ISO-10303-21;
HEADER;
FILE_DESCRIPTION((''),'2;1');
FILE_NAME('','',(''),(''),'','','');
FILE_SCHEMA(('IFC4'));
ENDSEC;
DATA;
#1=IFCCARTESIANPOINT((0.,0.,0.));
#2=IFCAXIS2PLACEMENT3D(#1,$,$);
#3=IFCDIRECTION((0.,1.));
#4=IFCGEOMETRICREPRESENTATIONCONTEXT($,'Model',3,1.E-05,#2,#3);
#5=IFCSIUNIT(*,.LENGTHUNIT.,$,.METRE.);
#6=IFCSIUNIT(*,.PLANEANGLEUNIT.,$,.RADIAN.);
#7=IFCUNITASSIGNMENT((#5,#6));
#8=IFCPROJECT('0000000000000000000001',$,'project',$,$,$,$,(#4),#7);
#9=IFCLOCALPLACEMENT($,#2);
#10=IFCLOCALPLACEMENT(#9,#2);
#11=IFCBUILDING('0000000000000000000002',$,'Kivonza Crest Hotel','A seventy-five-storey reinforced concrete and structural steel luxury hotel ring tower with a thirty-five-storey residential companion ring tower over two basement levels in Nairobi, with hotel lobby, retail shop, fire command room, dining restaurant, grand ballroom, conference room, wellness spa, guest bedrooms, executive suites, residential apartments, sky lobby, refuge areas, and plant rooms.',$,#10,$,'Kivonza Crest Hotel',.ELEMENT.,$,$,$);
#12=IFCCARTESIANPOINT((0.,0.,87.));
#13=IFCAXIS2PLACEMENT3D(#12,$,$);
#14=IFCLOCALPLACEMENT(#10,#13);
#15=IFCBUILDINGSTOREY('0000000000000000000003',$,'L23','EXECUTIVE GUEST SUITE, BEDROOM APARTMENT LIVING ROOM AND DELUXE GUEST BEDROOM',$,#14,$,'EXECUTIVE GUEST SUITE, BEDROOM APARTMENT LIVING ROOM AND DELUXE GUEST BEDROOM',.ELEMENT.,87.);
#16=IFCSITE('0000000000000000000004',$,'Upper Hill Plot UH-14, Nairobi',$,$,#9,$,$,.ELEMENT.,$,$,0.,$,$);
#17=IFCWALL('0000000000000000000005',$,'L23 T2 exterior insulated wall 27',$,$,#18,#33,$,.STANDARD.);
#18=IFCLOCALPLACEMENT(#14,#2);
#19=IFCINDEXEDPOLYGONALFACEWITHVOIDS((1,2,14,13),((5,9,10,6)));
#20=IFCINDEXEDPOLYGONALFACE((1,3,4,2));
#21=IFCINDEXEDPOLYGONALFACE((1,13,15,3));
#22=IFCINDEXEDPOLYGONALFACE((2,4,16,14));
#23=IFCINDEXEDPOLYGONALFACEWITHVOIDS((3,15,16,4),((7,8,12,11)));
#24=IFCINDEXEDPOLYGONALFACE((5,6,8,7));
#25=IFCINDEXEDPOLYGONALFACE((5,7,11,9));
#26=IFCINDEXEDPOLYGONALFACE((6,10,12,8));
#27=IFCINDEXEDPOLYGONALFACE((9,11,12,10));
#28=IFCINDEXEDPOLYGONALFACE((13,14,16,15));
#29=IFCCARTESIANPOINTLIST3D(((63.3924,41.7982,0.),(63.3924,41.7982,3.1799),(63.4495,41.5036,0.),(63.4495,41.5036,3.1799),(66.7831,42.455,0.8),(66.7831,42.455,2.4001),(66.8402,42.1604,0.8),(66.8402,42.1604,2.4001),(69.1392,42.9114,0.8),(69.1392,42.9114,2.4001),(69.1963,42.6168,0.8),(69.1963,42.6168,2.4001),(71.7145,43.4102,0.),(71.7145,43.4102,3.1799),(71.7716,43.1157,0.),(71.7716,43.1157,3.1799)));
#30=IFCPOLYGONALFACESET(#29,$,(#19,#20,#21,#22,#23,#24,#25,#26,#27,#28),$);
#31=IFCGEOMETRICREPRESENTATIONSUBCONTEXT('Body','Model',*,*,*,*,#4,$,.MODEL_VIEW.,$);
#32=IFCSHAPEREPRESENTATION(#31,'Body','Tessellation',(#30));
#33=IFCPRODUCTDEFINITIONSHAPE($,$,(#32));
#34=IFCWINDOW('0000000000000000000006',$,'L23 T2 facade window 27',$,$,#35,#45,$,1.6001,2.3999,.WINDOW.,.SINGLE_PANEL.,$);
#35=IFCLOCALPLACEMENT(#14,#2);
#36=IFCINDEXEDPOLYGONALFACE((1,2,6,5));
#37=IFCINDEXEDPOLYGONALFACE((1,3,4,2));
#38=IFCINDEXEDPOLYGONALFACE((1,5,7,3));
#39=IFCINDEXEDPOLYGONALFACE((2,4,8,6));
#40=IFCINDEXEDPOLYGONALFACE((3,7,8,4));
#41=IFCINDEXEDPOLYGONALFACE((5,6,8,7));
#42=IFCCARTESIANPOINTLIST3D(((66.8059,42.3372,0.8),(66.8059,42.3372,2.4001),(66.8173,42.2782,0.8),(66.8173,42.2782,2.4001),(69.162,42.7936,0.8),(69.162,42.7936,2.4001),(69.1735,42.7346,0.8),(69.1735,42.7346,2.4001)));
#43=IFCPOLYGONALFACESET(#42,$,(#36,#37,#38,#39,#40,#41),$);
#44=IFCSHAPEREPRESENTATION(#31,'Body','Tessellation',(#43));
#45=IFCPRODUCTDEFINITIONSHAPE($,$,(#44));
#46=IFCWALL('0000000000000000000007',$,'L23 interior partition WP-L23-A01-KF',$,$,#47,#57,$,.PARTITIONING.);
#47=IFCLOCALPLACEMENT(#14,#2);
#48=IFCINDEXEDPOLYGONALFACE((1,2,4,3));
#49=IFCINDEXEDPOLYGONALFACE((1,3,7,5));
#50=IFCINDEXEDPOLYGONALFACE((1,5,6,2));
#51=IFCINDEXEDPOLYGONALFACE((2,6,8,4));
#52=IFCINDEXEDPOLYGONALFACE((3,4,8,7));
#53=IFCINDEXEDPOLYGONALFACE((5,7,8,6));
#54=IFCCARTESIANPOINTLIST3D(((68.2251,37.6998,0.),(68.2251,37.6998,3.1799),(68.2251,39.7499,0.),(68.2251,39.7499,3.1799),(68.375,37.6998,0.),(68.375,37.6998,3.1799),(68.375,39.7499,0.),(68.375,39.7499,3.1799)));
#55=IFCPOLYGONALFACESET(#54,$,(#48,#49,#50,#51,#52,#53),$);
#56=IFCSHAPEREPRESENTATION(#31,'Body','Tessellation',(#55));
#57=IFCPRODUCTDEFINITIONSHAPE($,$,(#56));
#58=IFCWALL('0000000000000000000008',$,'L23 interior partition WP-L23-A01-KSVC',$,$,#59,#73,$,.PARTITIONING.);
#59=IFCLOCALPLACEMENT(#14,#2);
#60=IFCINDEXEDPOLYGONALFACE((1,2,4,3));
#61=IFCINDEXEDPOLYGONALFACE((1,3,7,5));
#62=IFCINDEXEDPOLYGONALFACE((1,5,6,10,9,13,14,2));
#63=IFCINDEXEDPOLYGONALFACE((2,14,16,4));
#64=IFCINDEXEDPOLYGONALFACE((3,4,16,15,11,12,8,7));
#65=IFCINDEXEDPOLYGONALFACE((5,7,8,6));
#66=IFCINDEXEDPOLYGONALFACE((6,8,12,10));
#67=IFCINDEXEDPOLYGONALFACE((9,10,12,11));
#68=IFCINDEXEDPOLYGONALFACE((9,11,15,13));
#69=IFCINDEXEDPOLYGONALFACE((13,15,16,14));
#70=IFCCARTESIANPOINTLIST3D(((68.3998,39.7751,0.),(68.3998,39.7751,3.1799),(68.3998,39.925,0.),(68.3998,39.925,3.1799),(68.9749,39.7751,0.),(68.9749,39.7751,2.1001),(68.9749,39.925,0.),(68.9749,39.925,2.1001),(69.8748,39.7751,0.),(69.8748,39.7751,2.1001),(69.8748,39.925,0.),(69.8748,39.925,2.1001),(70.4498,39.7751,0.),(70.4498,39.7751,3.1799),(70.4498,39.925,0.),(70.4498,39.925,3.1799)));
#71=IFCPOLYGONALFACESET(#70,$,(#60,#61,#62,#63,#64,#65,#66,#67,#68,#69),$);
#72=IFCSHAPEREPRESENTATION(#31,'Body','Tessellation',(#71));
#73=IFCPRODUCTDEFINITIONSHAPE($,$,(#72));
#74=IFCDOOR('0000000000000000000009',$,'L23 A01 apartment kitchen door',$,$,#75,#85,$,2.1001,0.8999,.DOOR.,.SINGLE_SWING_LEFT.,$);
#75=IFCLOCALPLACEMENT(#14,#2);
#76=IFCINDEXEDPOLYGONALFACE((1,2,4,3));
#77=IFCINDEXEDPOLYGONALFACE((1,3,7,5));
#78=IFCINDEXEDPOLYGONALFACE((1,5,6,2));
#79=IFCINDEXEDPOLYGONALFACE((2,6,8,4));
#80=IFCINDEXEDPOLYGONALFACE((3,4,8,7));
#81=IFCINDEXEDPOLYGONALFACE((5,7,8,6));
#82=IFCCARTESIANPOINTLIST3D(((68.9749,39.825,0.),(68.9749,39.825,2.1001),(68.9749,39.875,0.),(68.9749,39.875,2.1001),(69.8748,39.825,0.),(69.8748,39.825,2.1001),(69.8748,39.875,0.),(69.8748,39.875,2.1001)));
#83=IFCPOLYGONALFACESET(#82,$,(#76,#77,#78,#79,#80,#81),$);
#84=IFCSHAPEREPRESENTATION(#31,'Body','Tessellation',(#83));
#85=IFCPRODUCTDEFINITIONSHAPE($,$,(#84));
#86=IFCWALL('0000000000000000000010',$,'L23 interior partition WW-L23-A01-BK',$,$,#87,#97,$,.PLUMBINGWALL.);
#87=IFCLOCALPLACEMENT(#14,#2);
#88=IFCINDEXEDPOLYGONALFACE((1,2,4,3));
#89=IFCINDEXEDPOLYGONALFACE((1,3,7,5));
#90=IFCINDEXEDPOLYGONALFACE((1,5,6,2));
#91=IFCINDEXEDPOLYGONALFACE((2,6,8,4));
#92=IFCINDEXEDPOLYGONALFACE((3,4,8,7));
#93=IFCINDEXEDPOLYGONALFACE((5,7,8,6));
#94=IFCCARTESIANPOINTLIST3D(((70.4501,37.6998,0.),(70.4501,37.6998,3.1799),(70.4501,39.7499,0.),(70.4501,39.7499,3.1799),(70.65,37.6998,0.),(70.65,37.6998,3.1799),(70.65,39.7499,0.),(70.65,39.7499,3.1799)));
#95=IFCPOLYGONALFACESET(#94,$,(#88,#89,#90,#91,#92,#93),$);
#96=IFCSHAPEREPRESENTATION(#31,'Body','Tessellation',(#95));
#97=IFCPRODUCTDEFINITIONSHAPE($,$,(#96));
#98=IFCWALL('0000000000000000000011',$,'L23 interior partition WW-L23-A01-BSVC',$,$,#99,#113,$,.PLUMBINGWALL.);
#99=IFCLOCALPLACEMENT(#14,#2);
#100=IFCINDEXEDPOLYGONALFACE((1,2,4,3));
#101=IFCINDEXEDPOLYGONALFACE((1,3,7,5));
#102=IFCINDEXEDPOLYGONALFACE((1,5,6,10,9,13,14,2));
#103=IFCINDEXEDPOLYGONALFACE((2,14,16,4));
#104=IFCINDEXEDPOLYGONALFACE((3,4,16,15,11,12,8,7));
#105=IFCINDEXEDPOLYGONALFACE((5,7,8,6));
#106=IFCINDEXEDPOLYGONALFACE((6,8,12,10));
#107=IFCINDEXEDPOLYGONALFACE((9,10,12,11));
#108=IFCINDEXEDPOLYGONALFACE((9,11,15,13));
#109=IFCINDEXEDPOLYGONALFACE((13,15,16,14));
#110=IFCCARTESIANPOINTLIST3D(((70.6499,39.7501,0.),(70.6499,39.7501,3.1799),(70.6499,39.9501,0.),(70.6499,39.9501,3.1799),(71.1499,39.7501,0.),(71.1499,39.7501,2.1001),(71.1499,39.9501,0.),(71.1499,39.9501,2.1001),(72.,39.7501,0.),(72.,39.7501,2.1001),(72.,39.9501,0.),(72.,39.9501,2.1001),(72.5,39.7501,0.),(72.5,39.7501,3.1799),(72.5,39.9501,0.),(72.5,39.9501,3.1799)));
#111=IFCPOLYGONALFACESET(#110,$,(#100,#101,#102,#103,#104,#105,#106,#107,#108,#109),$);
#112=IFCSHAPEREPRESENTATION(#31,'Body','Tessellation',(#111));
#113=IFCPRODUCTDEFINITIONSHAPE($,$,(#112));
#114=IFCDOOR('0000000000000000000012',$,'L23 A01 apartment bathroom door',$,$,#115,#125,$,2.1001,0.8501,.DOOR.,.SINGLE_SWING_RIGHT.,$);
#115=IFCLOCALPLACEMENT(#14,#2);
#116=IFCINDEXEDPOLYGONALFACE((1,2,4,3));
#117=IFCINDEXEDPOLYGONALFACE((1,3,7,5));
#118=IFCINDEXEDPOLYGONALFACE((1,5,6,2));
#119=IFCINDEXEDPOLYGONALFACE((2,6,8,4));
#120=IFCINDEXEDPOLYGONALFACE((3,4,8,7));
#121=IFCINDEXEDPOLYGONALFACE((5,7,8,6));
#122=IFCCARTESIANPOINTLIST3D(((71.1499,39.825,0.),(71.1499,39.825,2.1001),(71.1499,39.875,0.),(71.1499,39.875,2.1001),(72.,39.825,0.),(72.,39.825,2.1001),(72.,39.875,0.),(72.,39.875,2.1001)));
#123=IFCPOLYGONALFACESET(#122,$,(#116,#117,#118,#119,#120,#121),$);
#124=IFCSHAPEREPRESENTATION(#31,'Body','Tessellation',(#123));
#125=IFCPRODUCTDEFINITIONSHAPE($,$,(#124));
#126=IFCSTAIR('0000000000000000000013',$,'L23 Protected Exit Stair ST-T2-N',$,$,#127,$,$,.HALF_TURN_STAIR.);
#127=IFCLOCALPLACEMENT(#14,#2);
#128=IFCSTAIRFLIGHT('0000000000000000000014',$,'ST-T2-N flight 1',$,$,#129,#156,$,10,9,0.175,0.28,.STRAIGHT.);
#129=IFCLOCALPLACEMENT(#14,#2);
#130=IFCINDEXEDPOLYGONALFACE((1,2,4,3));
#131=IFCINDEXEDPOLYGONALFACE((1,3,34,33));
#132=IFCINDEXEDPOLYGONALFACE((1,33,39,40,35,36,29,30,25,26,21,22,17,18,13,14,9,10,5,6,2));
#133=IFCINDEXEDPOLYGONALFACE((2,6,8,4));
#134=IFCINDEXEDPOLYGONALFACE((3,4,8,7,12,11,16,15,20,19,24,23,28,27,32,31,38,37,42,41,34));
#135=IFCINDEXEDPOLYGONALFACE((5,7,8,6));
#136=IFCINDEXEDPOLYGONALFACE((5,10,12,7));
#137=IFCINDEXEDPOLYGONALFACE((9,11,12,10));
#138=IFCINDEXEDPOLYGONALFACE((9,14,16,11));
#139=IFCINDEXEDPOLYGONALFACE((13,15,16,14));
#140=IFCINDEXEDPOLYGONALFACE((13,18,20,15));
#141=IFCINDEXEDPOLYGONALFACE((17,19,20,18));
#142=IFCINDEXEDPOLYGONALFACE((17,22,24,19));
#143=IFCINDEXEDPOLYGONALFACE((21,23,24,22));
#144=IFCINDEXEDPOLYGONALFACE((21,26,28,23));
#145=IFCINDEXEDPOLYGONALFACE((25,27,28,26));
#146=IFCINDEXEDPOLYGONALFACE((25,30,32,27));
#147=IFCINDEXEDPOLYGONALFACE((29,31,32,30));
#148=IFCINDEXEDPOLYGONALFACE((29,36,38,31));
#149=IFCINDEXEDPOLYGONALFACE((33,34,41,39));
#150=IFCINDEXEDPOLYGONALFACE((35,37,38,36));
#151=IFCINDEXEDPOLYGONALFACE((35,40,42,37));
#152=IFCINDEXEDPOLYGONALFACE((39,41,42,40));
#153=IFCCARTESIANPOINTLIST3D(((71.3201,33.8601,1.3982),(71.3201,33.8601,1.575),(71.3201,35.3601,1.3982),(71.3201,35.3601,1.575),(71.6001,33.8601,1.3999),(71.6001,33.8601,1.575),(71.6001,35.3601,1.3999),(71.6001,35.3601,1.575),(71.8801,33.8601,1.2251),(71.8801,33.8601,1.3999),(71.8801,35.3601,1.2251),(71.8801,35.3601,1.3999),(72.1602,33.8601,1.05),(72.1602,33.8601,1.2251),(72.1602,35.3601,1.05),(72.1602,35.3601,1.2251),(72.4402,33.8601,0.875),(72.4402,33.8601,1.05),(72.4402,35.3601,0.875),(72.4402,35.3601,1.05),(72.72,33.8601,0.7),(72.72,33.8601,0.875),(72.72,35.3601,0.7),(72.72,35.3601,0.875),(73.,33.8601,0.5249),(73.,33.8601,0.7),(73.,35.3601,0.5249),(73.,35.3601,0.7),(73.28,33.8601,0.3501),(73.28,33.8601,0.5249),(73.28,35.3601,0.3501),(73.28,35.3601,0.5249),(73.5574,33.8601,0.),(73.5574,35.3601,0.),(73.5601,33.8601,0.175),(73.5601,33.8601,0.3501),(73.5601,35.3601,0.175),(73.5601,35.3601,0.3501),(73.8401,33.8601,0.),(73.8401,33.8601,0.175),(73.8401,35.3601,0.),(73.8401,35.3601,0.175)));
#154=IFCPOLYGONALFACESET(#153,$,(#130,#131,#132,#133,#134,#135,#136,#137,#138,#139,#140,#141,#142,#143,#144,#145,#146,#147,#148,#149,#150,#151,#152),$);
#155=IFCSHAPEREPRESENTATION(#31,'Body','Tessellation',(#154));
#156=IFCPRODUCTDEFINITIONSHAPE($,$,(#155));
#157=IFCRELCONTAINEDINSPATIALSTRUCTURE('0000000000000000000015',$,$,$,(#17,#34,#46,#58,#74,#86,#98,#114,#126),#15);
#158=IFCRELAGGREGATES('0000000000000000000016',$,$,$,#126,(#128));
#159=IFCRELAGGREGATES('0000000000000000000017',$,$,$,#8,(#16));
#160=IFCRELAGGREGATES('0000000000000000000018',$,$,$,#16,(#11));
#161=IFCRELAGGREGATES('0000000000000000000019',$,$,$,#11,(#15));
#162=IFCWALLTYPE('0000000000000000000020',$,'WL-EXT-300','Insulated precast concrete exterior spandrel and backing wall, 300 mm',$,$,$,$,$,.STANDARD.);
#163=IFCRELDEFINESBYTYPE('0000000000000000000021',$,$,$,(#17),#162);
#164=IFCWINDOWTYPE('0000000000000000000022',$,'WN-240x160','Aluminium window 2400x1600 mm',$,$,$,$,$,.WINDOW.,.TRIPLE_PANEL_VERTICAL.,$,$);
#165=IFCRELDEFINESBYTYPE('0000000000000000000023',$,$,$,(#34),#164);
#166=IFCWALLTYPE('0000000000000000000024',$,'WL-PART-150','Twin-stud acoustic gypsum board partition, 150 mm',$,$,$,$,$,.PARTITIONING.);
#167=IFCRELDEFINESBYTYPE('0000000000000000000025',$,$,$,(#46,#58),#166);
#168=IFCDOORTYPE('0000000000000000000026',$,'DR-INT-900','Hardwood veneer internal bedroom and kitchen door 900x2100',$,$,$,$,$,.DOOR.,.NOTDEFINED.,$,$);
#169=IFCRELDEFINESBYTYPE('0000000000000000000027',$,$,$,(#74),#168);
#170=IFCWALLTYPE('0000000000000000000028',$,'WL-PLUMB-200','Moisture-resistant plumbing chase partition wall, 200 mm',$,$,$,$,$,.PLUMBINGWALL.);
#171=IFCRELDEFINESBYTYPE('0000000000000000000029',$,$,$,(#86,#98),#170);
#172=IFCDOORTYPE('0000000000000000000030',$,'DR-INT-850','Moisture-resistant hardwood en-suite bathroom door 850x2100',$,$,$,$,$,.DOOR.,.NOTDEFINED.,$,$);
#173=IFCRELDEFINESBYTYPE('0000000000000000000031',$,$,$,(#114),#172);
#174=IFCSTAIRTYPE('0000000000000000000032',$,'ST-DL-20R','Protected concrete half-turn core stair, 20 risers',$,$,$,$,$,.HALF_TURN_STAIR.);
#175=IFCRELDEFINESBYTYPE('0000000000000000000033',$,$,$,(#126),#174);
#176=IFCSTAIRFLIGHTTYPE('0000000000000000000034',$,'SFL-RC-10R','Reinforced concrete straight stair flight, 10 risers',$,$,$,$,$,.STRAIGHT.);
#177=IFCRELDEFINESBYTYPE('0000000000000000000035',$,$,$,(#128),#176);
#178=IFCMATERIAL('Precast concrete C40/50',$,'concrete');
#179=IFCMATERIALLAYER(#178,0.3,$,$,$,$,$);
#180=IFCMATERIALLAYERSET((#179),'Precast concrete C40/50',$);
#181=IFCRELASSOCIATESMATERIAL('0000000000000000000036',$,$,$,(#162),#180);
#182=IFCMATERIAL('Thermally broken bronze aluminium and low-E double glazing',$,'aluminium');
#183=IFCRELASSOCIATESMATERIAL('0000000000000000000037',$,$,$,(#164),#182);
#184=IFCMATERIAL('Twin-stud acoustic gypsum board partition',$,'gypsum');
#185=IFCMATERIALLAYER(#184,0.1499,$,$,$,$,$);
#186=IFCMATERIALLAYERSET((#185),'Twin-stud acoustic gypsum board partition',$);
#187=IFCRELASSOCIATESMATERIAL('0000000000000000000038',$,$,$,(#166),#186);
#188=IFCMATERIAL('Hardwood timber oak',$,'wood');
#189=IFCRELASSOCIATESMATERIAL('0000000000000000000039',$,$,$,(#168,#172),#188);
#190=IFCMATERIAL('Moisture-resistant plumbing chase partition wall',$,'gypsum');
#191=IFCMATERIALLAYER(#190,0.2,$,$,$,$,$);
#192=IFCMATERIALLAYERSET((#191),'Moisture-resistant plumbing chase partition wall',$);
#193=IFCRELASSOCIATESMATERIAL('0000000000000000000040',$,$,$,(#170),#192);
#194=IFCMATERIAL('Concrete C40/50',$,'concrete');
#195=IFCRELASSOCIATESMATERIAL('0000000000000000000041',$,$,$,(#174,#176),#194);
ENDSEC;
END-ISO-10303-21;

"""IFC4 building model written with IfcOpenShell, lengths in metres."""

from ifc_helpers import new_model, si_unit, direction, frame, frame_2d, origin, place, context, subcontext, project, spatial, polyline, rectangle, outline, extrude, material, layer, layer_set, type_object, element, fill, aggregate, save


model = new_model("IFC4")

# Units and contexts
model_context = context("Model", 3, precision=1e-05, world=origin(), true_north=direction((0.0, 1.0)))
body_context = subcontext(model_context, "Body", "Model", "MODEL_VIEW")
ifc_project = project(units=[si_unit("LENGTHUNIT", "METRE"), si_unit("PLANEANGLEUNIT", "RADIAN")], contexts=[model_context])

# Site, building, storey
site_placement = place(None, origin())
site = spatial("IfcSite", under=ifc_project, at=site_placement, Name="Upper Hill Plot UH-14, Nairobi", CompositionType="ELEMENT", RefElevation=0.0)
building_placement = place(site_placement, origin())
building = spatial("IfcBuilding", under=site, at=building_placement, Name="Kivonza Crest Hotel", Description="A seventy-five-storey reinforced concrete and structural steel luxury hotel ring tower with a thirty-five-storey residential companion ring tower over two basement levels in Nairobi, with hotel lobby, retail shop, fire command room, dining restaurant, grand ballroom, conference room, wellness spa, guest bedrooms, executive suites, residential apartments, sky lobby, refuge areas, and plant rooms.", LongName="Kivonza Crest Hotel", CompositionType="ELEMENT")
storey_placement = place(building_placement, frame((0.0, 0.0, 87.0)))
storey = spatial("IfcBuildingStorey", under=building, at=storey_placement, Name="L23", Description="EXECUTIVE GUEST SUITE, BEDROOM APARTMENT LIVING ROOM AND DELUXE GUEST BEDROOM", LongName="EXECUTIVE GUEST SUITE, BEDROOM APARTMENT LIVING ROOM AND DELUXE GUEST BEDROOM", CompositionType="ELEMENT", Elevation=87.0)

# Shared definitions
ifc_material_1 = material(Name="Hardwood timber oak", Category="wood")

# Wall, opening, window
ifc_material_2 = material(Name="Precast concrete C40/50", Category="concrete")
ifc_layer_1 = layer(ifc_material_2, 0.3)
ifc_layer_set_1 = layer_set([ifc_layer_1], Name="Precast concrete C40/50")
wall_type_1 = type_object("IfcWallType", Name="WL-EXT-300", Description="Insulated precast concrete exterior spandrel and backing wall, 300 mm", PredefinedType="STANDARD", material=ifc_layer_set_1)
wall_1_placement = place(storey_placement, frame((71.7429, 43.2629, 0.0), z_axis=(0.0, 0.0, 1.0), x_axis=(-0.98175, -0.190175, 0.0)))
wall_1 = element("IfcWall", 1, at=wall_1_placement, inside=storey, type_object=wall_type_1, Name="L23 T2 exterior insulated wall 27", PredefinedType="STANDARD", context=body_context, shape_type="SweptSolid", body=[
    extrude(rectangle(XDim=8.4768, YDim=0.3, at=frame_2d((4.2383, 0.0))), origin(), (0.0, 0.0, 1.0), 3.1799),
])
opening_1_placement = place(wall_1_placement, frame((2.623, 0.0, 0.8)))
opening_1 = element("IfcOpeningElement", 2, at=opening_1_placement, cuts=wall_1, PredefinedType="OPENING", context=body_context, shape_type="SweptSolid", body=[
    extrude(rectangle(XDim=2.3999, YDim=1.6001, at=frame_2d((1.2, 0.8))), frame((0.0, 0.1602, 0.0), z_axis=(0.0, -1.0, 0.0), x_axis=(1.0, 0.0, 0.0)), (0.0, 0.0, 1.0), 0.3201),
])
ifc_material_3 = material(Name="Thermally broken bronze aluminium and low-E double glazing", Category="aluminium")
window_type = type_object("IfcWindowType", Name="WN-240x160", Description="Aluminium window 2400x1600 mm", PartitioningType="TRIPLE_PANEL_VERTICAL", PredefinedType="WINDOW", material=ifc_material_3)
window_placement = place(opening_1_placement, origin())
window = element("IfcWindow", 3, at=window_placement, inside=storey, type_object=window_type, Name="L23 T2 facade window 27", OverallHeight=1.6001, OverallWidth=2.3999, PartitioningType="SINGLE_PANEL", PredefinedType="WINDOW", context=body_context, shape_type="SweptSolid", body=[
    extrude(rectangle(XDim=2.3999, YDim=1.6001, at=frame_2d((1.2, 0.8))), frame((0.0, 0.03, 0.0), z_axis=(0.0, -1.0, 0.0), x_axis=(1.0, 0.0, 0.0)), (0.0, 0.0, 1.0), 0.0601),
])
fill(opening_1, window)

# Wall
ifc_material_4 = material(Name="Twin-stud acoustic gypsum board partition", Category="gypsum")
ifc_layer_2 = layer(ifc_material_4, 0.1499)
ifc_layer_set_2 = layer_set([ifc_layer_2], Name="Twin-stud acoustic gypsum board partition")
wall_type_2 = type_object("IfcWallType", Name="WL-PART-150", Description="Twin-stud acoustic gypsum board partition, 150 mm", PredefinedType="PARTITIONING", material=ifc_layer_set_2)
wall_2_placement = place(storey_placement, frame((68.3, 37.7, 0.0), z_axis=(0.0, 0.0, 1.0), x_axis=(0.0, 1.0, 0.0)))
element("IfcWall", 4, at=wall_2_placement, inside=storey, type_object=wall_type_2, Name="L23 interior partition WP-L23-A01-KF", PredefinedType="PARTITIONING", context=body_context, shape_type="SweptSolid", body=[
    extrude(rectangle(XDim=2.05, YDim=0.1499, at=frame_2d((1.0249, 0.0))), origin(), (0.0, 0.0, 1.0), 3.1799),
])

# Wall, opening, door
wall_3_placement = place(storey_placement, frame((68.3999, 39.8501, 0.0), z_axis=(0.0, 0.0, 1.0), x_axis=(1.0, 0.0, 0.0)))
wall_3 = element("IfcWall", 5, at=wall_3_placement, inside=storey, type_object=wall_type_2, Name="L23 interior partition WP-L23-A01-KSVC", PredefinedType="PARTITIONING", context=body_context, shape_type="SweptSolid", body=[
    extrude(rectangle(XDim=2.05, YDim=0.1499, at=frame_2d((1.0249, 0.0))), origin(), (0.0, 0.0, 1.0), 3.1799),
])
opening_2_placement = place(wall_3_placement, frame((0.575, 0.0, 0.0)))
opening_2 = element("IfcOpeningElement", 6, at=opening_2_placement, cuts=wall_3, PredefinedType="OPENING", context=body_context, shape_type="SweptSolid", body=[
    extrude(rectangle(XDim=0.8999, YDim=2.1001, at=frame_2d((0.45, 1.05))), frame((0.0, 0.085, 0.0), z_axis=(0.0, -1.0, 0.0), x_axis=(1.0, 0.0, 0.0)), (0.0, 0.0, 1.0), 0.1699),
])
door_type_1 = type_object("IfcDoorType", Name="DR-INT-900", Description="Hardwood veneer internal bedroom and kitchen door 900x2100", OperationType="NOTDEFINED", PredefinedType="DOOR", material=ifc_material_1)
door_1_placement = place(opening_2_placement, origin())
door_1 = element("IfcDoor", 7, at=door_1_placement, inside=storey, type_object=door_type_1, Name="L23 A01 apartment kitchen door", OperationType="SINGLE_SWING_LEFT", OverallHeight=2.1001, OverallWidth=0.8999, PredefinedType="DOOR", context=body_context, shape_type="SweptSolid", body=[
    extrude(rectangle(XDim=0.8999, YDim=2.1001, at=frame_2d((0.45, 1.05))), frame((0.0, 0.0249, 0.0), z_axis=(0.0, -1.0, 0.0), x_axis=(1.0, 0.0, 0.0)), (0.0, 0.0, 1.0), 0.05),
])
fill(opening_2, door_1)

# Wall
ifc_material_5 = material(Name="Moisture-resistant plumbing chase partition wall", Category="gypsum")
ifc_layer_3 = layer(ifc_material_5, 0.2)
ifc_layer_set_3 = layer_set([ifc_layer_3], Name="Moisture-resistant plumbing chase partition wall")
wall_type_3 = type_object("IfcWallType", Name="WL-PLUMB-200", Description="Moisture-resistant plumbing chase partition wall, 200 mm", PredefinedType="PLUMBINGWALL", material=ifc_layer_set_3)
wall_4_placement = place(storey_placement, frame((70.55, 37.7, 0.0), z_axis=(0.0, 0.0, 1.0), x_axis=(0.0, 1.0, 0.0)))
element("IfcWall", 8, at=wall_4_placement, inside=storey, type_object=wall_type_3, Name="L23 interior partition WW-L23-A01-BK", PredefinedType="PLUMBINGWALL", context=body_context, shape_type="SweptSolid", body=[
    extrude(rectangle(XDim=2.05, YDim=0.2, at=frame_2d((1.0249, 0.0))), origin(), (0.0, 0.0, 1.0), 3.1799),
])

# Wall, opening, door
wall_5_placement = place(storey_placement, frame((70.6499, 39.8501, 0.0), z_axis=(0.0, 0.0, 1.0), x_axis=(1.0, 0.0, 0.0)))
wall_5 = element("IfcWall", 9, at=wall_5_placement, inside=storey, type_object=wall_type_3, Name="L23 interior partition WW-L23-A01-BSVC", PredefinedType="PLUMBINGWALL", context=body_context, shape_type="SweptSolid", body=[
    extrude(rectangle(XDim=1.8501, YDim=0.2, at=frame_2d((0.925, 0.0))), origin(), (0.0, 0.0, 1.0), 3.1799),
])
opening_3_placement = place(wall_5_placement, frame((0.5, 0.0, 0.0)))
opening_3 = element("IfcOpeningElement", 10, at=opening_3_placement, cuts=wall_5, PredefinedType="OPENING", context=body_context, shape_type="SweptSolid", body=[
    extrude(rectangle(XDim=0.8501, YDim=2.1001, at=frame_2d((0.425, 1.05))), frame((0.0, 0.1099, 0.0), z_axis=(0.0, -1.0, 0.0), x_axis=(1.0, 0.0, 0.0)), (0.0, 0.0, 1.0), 0.22),
])
door_type_2 = type_object("IfcDoorType", Name="DR-INT-850", Description="Moisture-resistant hardwood en-suite bathroom door 850x2100", OperationType="NOTDEFINED", PredefinedType="DOOR", material=ifc_material_1)
door_2_placement = place(opening_3_placement, origin())
door_2 = element("IfcDoor", 11, at=door_2_placement, inside=storey, type_object=door_type_2, Name="L23 A01 apartment bathroom door", OperationType="SINGLE_SWING_RIGHT", OverallHeight=2.1001, OverallWidth=0.8501, PredefinedType="DOOR", context=body_context, shape_type="SweptSolid", body=[
    extrude(rectangle(XDim=0.8501, YDim=2.1001, at=frame_2d((0.425, 1.05))), frame((0.0, 0.0249, 0.0), z_axis=(0.0, -1.0, 0.0), x_axis=(1.0, 0.0, 0.0)), (0.0, 0.0, 1.0), 0.05),
])
fill(opening_3, door_2)

# Stair, stair flight
ifc_material_6 = material(Name="Concrete C40/50", Category="concrete")
stair_type = type_object("IfcStairType", Name="ST-DL-20R", Description="Protected concrete half-turn core stair, 20 risers", PredefinedType="HALF_TURN_STAIR", material=ifc_material_6)
stair_placement = place(storey_placement, origin())
stair = element("IfcStair", 12, at=stair_placement, inside=storey, type_object=stair_type, Name="L23 Protected Exit Stair ST-T2-N", PredefinedType="HALF_TURN_STAIR")
stair_flight_type = type_object("IfcStairFlightType", Name="SFL-RC-10R", Description="Reinforced concrete straight stair flight, 10 risers", PredefinedType="STRAIGHT", material=ifc_material_6)
stair_flight_placement = place(storey_placement, frame((73.8401, 34.6101, 0.0), z_axis=(0.0, 0.0, 1.0), x_axis=(-1.0, 0.0, 0.0)))
stair_flight = element("IfcStairFlight", 13, at=stair_flight_placement, type_object=stair_flight_type, Name="ST-T2-N flight 1", NumberOfRisers=10, NumberOfTreads=9, PredefinedType="STRAIGHT", RiserHeight=0.175, TreadLength=0.28, context=body_context, shape_type="SweptSolid", body=[
    extrude(outline(polyline([(0.0, 0.0), (0.0, 0.175), (0.28, 0.175), (0.28, 0.3501), (0.5601, 0.3501), (0.5601, 0.5249), (0.8401, 0.5249), (0.8401, 0.7), (1.1201, 0.7), (1.1201, 0.875), (1.3999, 0.875), (1.3999, 1.05), (1.6799, 1.05), (1.6799, 1.2251), (1.96, 1.2251), (1.96, 1.3999), (2.24, 1.3999), (2.24, 1.575), (2.52, 1.575), (2.52, 1.75), (2.52, 1.3982), (0.2827, 0.0), (0.0, 0.0)])), frame((0.0, 0.75, 0.0), z_axis=(0.0, -1.0, 0.0), x_axis=(1.0, 0.0, 0.0)), (0.0, 0.0, 1.0), 1.5),
])
aggregate(stair, [stair_flight])

save(model, "model.ifc")
